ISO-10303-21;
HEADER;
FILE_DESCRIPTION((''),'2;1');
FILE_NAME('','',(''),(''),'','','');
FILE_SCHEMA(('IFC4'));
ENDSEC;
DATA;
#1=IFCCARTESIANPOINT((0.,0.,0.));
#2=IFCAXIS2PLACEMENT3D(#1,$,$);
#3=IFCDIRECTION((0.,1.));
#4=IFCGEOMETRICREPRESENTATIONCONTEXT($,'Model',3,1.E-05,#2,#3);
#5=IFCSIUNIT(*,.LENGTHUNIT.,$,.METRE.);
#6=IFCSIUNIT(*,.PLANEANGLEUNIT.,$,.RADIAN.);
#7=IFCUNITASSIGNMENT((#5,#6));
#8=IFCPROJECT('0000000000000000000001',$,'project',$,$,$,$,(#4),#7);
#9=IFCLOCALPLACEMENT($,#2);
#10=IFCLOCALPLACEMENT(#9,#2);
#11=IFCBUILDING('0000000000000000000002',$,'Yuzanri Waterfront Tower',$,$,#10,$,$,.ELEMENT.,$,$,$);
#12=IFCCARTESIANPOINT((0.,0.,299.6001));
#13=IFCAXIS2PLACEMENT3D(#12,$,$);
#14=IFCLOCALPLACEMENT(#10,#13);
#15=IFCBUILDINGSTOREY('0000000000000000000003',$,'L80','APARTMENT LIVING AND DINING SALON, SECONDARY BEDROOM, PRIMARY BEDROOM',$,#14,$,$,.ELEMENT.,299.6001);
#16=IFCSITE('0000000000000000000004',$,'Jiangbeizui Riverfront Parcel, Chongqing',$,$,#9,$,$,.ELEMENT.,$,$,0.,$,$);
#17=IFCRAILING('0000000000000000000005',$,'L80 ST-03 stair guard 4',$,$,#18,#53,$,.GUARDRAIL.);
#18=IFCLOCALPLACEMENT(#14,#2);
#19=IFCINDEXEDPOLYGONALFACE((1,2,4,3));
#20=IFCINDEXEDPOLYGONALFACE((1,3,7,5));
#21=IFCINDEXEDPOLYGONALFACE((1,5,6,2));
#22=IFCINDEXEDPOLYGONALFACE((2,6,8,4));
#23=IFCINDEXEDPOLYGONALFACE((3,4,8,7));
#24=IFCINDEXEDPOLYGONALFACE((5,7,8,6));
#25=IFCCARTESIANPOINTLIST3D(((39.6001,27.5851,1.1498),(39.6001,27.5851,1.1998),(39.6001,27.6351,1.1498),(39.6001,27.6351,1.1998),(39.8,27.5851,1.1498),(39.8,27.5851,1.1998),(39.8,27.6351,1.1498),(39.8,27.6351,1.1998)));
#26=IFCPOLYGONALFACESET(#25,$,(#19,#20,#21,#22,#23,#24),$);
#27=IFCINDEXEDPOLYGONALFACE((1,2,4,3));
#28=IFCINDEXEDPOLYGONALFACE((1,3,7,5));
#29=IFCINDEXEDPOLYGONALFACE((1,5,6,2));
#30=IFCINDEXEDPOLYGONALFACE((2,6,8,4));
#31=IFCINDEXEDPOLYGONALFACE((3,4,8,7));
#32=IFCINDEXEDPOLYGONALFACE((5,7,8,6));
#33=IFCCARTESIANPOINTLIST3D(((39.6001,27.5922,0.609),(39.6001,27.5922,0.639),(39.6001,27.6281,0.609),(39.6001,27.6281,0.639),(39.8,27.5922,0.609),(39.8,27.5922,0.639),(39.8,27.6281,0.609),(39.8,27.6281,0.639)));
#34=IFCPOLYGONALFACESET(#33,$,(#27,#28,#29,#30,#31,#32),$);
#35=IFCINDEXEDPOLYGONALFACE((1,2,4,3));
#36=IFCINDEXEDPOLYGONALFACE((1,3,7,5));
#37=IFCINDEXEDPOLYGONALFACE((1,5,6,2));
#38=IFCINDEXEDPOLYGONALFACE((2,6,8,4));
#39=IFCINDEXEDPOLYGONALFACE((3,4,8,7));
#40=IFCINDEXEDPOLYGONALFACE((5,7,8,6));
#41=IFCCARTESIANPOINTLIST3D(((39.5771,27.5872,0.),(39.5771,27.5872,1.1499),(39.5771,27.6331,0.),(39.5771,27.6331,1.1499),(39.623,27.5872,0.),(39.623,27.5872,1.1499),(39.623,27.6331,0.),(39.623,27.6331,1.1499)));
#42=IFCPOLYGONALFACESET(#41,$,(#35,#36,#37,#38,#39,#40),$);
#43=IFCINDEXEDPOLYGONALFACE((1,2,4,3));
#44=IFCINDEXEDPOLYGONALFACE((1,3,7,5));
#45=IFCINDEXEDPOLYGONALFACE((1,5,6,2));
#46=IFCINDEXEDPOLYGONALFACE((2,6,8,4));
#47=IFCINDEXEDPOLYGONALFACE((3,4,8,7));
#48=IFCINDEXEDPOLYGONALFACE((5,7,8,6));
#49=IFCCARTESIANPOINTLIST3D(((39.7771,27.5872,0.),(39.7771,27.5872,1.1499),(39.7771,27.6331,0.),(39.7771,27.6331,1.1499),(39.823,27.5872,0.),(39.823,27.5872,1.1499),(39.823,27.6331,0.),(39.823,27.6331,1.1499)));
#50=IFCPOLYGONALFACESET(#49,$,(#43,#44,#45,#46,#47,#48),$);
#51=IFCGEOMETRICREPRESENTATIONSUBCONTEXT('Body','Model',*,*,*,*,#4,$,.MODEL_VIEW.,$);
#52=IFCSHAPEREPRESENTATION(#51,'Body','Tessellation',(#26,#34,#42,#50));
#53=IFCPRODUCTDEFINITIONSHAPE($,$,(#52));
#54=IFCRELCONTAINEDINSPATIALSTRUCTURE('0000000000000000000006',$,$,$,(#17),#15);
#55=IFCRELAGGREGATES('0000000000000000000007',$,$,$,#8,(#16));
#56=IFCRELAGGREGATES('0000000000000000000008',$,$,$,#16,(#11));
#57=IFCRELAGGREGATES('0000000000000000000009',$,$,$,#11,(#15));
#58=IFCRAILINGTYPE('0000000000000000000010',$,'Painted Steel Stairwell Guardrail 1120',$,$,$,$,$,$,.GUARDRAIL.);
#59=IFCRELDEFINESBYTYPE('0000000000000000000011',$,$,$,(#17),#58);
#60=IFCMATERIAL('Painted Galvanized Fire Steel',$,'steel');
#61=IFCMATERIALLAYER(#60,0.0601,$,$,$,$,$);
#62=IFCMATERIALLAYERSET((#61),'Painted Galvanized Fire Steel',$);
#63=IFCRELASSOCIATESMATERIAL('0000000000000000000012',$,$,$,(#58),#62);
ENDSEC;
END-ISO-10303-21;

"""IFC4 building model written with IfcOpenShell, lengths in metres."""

from ifc_helpers import new_model, si_unit, direction, frame, origin, origin_2d, place, context, subcontext, project, spatial, rectangle, extrude, source, transform, mapped, material, layer, layer_set, type_object, element, save


model = new_model("IFC4")

# Units and contexts
model_context = context("Model", 3, precision=1e-05, world=origin(), true_north=direction((0.0, 1.0)))
body_context = subcontext(model_context, "Body", "Model", "MODEL_VIEW")
ifc_project = project(units=[si_unit("LENGTHUNIT", "METRE"), si_unit("PLANEANGLEUNIT", "RADIAN")], contexts=[model_context])

# Site, building, storey
site_placement = place(None, origin())
site = spatial("IfcSite", under=ifc_project, at=site_placement, Name="Jiangbeizui Riverfront Parcel, Chongqing", CompositionType="ELEMENT", RefElevation=0.0)
building_placement = place(site_placement, origin())
building = spatial("IfcBuilding", under=site, at=building_placement, Name="Yuzanri Waterfront Tower", CompositionType="ELEMENT")
storey_placement = place(building_placement, frame((0.0, 0.0, 299.6001)))
storey = spatial("IfcBuildingStorey", under=building, at=storey_placement, Name="L80", Description="APARTMENT LIVING AND DINING SALON, SECONDARY BEDROOM, PRIMARY BEDROOM", CompositionType="ELEMENT", Elevation=299.6001)

# Railing
ifc_material_1 = material(Name="Painted Galvanized Fire Steel", Category="steel")
ifc_layer_1 = layer(ifc_material_1, 0.0601)
ifc_layer_set_1 = layer_set([ifc_layer_1], Name="Painted Galvanized Fire Steel")
railing_type_1 = type_object("IfcRailingType", Name="Painted Steel Stairwell Guardrail 1120", PredefinedType="GUARDRAIL", material=ifc_layer_set_1)
shared_shape_1 = source(origin(), body_context, "Body", "SweptSolid", [
    extrude(rectangle(XDim=0.05, YDim=0.05, at=origin_2d()), frame((0.0, 0.0, 1.1748), z_axis=(1.0, 0.0, 0.0), x_axis=(0.0, 1.0, 0.0)), (0.0, 0.0, 1.0), 0.2),
    extrude(rectangle(XDim=0.0359, YDim=0.03, at=origin_2d()), frame((0.0, 0.0, 0.624), z_axis=(1.0, 0.0, 0.0), x_axis=(0.0, 1.0, 0.0)), (0.0, 0.0, 1.0), 0.2),
    extrude(rectangle(XDim=0.0459, YDim=0.0459, at=origin_2d()), origin(), (0.0, 0.0, 1.0), 1.1499),
    extrude(rectangle(XDim=0.0459, YDim=0.0459, at=origin_2d()), frame((0.2, 0.0, 0.0)), (0.0, 0.0, 1.0), 1.1499),
])
railing_1_placement = place(storey_placement, frame((39.6001, 27.6101, 0.0)))
element("IfcRailing", 1, at=railing_1_placement, inside=storey, type_object=railing_type_1, Name="L80 ST-03 stair guard 4", PredefinedType="GUARDRAIL", context=body_context, shape_type="MappedRepresentation", body=[
    mapped(shared_shape_1, transform((0.0, 0.0, 0.0), scale=1.0)),
])

save(model, "model.ifc")
